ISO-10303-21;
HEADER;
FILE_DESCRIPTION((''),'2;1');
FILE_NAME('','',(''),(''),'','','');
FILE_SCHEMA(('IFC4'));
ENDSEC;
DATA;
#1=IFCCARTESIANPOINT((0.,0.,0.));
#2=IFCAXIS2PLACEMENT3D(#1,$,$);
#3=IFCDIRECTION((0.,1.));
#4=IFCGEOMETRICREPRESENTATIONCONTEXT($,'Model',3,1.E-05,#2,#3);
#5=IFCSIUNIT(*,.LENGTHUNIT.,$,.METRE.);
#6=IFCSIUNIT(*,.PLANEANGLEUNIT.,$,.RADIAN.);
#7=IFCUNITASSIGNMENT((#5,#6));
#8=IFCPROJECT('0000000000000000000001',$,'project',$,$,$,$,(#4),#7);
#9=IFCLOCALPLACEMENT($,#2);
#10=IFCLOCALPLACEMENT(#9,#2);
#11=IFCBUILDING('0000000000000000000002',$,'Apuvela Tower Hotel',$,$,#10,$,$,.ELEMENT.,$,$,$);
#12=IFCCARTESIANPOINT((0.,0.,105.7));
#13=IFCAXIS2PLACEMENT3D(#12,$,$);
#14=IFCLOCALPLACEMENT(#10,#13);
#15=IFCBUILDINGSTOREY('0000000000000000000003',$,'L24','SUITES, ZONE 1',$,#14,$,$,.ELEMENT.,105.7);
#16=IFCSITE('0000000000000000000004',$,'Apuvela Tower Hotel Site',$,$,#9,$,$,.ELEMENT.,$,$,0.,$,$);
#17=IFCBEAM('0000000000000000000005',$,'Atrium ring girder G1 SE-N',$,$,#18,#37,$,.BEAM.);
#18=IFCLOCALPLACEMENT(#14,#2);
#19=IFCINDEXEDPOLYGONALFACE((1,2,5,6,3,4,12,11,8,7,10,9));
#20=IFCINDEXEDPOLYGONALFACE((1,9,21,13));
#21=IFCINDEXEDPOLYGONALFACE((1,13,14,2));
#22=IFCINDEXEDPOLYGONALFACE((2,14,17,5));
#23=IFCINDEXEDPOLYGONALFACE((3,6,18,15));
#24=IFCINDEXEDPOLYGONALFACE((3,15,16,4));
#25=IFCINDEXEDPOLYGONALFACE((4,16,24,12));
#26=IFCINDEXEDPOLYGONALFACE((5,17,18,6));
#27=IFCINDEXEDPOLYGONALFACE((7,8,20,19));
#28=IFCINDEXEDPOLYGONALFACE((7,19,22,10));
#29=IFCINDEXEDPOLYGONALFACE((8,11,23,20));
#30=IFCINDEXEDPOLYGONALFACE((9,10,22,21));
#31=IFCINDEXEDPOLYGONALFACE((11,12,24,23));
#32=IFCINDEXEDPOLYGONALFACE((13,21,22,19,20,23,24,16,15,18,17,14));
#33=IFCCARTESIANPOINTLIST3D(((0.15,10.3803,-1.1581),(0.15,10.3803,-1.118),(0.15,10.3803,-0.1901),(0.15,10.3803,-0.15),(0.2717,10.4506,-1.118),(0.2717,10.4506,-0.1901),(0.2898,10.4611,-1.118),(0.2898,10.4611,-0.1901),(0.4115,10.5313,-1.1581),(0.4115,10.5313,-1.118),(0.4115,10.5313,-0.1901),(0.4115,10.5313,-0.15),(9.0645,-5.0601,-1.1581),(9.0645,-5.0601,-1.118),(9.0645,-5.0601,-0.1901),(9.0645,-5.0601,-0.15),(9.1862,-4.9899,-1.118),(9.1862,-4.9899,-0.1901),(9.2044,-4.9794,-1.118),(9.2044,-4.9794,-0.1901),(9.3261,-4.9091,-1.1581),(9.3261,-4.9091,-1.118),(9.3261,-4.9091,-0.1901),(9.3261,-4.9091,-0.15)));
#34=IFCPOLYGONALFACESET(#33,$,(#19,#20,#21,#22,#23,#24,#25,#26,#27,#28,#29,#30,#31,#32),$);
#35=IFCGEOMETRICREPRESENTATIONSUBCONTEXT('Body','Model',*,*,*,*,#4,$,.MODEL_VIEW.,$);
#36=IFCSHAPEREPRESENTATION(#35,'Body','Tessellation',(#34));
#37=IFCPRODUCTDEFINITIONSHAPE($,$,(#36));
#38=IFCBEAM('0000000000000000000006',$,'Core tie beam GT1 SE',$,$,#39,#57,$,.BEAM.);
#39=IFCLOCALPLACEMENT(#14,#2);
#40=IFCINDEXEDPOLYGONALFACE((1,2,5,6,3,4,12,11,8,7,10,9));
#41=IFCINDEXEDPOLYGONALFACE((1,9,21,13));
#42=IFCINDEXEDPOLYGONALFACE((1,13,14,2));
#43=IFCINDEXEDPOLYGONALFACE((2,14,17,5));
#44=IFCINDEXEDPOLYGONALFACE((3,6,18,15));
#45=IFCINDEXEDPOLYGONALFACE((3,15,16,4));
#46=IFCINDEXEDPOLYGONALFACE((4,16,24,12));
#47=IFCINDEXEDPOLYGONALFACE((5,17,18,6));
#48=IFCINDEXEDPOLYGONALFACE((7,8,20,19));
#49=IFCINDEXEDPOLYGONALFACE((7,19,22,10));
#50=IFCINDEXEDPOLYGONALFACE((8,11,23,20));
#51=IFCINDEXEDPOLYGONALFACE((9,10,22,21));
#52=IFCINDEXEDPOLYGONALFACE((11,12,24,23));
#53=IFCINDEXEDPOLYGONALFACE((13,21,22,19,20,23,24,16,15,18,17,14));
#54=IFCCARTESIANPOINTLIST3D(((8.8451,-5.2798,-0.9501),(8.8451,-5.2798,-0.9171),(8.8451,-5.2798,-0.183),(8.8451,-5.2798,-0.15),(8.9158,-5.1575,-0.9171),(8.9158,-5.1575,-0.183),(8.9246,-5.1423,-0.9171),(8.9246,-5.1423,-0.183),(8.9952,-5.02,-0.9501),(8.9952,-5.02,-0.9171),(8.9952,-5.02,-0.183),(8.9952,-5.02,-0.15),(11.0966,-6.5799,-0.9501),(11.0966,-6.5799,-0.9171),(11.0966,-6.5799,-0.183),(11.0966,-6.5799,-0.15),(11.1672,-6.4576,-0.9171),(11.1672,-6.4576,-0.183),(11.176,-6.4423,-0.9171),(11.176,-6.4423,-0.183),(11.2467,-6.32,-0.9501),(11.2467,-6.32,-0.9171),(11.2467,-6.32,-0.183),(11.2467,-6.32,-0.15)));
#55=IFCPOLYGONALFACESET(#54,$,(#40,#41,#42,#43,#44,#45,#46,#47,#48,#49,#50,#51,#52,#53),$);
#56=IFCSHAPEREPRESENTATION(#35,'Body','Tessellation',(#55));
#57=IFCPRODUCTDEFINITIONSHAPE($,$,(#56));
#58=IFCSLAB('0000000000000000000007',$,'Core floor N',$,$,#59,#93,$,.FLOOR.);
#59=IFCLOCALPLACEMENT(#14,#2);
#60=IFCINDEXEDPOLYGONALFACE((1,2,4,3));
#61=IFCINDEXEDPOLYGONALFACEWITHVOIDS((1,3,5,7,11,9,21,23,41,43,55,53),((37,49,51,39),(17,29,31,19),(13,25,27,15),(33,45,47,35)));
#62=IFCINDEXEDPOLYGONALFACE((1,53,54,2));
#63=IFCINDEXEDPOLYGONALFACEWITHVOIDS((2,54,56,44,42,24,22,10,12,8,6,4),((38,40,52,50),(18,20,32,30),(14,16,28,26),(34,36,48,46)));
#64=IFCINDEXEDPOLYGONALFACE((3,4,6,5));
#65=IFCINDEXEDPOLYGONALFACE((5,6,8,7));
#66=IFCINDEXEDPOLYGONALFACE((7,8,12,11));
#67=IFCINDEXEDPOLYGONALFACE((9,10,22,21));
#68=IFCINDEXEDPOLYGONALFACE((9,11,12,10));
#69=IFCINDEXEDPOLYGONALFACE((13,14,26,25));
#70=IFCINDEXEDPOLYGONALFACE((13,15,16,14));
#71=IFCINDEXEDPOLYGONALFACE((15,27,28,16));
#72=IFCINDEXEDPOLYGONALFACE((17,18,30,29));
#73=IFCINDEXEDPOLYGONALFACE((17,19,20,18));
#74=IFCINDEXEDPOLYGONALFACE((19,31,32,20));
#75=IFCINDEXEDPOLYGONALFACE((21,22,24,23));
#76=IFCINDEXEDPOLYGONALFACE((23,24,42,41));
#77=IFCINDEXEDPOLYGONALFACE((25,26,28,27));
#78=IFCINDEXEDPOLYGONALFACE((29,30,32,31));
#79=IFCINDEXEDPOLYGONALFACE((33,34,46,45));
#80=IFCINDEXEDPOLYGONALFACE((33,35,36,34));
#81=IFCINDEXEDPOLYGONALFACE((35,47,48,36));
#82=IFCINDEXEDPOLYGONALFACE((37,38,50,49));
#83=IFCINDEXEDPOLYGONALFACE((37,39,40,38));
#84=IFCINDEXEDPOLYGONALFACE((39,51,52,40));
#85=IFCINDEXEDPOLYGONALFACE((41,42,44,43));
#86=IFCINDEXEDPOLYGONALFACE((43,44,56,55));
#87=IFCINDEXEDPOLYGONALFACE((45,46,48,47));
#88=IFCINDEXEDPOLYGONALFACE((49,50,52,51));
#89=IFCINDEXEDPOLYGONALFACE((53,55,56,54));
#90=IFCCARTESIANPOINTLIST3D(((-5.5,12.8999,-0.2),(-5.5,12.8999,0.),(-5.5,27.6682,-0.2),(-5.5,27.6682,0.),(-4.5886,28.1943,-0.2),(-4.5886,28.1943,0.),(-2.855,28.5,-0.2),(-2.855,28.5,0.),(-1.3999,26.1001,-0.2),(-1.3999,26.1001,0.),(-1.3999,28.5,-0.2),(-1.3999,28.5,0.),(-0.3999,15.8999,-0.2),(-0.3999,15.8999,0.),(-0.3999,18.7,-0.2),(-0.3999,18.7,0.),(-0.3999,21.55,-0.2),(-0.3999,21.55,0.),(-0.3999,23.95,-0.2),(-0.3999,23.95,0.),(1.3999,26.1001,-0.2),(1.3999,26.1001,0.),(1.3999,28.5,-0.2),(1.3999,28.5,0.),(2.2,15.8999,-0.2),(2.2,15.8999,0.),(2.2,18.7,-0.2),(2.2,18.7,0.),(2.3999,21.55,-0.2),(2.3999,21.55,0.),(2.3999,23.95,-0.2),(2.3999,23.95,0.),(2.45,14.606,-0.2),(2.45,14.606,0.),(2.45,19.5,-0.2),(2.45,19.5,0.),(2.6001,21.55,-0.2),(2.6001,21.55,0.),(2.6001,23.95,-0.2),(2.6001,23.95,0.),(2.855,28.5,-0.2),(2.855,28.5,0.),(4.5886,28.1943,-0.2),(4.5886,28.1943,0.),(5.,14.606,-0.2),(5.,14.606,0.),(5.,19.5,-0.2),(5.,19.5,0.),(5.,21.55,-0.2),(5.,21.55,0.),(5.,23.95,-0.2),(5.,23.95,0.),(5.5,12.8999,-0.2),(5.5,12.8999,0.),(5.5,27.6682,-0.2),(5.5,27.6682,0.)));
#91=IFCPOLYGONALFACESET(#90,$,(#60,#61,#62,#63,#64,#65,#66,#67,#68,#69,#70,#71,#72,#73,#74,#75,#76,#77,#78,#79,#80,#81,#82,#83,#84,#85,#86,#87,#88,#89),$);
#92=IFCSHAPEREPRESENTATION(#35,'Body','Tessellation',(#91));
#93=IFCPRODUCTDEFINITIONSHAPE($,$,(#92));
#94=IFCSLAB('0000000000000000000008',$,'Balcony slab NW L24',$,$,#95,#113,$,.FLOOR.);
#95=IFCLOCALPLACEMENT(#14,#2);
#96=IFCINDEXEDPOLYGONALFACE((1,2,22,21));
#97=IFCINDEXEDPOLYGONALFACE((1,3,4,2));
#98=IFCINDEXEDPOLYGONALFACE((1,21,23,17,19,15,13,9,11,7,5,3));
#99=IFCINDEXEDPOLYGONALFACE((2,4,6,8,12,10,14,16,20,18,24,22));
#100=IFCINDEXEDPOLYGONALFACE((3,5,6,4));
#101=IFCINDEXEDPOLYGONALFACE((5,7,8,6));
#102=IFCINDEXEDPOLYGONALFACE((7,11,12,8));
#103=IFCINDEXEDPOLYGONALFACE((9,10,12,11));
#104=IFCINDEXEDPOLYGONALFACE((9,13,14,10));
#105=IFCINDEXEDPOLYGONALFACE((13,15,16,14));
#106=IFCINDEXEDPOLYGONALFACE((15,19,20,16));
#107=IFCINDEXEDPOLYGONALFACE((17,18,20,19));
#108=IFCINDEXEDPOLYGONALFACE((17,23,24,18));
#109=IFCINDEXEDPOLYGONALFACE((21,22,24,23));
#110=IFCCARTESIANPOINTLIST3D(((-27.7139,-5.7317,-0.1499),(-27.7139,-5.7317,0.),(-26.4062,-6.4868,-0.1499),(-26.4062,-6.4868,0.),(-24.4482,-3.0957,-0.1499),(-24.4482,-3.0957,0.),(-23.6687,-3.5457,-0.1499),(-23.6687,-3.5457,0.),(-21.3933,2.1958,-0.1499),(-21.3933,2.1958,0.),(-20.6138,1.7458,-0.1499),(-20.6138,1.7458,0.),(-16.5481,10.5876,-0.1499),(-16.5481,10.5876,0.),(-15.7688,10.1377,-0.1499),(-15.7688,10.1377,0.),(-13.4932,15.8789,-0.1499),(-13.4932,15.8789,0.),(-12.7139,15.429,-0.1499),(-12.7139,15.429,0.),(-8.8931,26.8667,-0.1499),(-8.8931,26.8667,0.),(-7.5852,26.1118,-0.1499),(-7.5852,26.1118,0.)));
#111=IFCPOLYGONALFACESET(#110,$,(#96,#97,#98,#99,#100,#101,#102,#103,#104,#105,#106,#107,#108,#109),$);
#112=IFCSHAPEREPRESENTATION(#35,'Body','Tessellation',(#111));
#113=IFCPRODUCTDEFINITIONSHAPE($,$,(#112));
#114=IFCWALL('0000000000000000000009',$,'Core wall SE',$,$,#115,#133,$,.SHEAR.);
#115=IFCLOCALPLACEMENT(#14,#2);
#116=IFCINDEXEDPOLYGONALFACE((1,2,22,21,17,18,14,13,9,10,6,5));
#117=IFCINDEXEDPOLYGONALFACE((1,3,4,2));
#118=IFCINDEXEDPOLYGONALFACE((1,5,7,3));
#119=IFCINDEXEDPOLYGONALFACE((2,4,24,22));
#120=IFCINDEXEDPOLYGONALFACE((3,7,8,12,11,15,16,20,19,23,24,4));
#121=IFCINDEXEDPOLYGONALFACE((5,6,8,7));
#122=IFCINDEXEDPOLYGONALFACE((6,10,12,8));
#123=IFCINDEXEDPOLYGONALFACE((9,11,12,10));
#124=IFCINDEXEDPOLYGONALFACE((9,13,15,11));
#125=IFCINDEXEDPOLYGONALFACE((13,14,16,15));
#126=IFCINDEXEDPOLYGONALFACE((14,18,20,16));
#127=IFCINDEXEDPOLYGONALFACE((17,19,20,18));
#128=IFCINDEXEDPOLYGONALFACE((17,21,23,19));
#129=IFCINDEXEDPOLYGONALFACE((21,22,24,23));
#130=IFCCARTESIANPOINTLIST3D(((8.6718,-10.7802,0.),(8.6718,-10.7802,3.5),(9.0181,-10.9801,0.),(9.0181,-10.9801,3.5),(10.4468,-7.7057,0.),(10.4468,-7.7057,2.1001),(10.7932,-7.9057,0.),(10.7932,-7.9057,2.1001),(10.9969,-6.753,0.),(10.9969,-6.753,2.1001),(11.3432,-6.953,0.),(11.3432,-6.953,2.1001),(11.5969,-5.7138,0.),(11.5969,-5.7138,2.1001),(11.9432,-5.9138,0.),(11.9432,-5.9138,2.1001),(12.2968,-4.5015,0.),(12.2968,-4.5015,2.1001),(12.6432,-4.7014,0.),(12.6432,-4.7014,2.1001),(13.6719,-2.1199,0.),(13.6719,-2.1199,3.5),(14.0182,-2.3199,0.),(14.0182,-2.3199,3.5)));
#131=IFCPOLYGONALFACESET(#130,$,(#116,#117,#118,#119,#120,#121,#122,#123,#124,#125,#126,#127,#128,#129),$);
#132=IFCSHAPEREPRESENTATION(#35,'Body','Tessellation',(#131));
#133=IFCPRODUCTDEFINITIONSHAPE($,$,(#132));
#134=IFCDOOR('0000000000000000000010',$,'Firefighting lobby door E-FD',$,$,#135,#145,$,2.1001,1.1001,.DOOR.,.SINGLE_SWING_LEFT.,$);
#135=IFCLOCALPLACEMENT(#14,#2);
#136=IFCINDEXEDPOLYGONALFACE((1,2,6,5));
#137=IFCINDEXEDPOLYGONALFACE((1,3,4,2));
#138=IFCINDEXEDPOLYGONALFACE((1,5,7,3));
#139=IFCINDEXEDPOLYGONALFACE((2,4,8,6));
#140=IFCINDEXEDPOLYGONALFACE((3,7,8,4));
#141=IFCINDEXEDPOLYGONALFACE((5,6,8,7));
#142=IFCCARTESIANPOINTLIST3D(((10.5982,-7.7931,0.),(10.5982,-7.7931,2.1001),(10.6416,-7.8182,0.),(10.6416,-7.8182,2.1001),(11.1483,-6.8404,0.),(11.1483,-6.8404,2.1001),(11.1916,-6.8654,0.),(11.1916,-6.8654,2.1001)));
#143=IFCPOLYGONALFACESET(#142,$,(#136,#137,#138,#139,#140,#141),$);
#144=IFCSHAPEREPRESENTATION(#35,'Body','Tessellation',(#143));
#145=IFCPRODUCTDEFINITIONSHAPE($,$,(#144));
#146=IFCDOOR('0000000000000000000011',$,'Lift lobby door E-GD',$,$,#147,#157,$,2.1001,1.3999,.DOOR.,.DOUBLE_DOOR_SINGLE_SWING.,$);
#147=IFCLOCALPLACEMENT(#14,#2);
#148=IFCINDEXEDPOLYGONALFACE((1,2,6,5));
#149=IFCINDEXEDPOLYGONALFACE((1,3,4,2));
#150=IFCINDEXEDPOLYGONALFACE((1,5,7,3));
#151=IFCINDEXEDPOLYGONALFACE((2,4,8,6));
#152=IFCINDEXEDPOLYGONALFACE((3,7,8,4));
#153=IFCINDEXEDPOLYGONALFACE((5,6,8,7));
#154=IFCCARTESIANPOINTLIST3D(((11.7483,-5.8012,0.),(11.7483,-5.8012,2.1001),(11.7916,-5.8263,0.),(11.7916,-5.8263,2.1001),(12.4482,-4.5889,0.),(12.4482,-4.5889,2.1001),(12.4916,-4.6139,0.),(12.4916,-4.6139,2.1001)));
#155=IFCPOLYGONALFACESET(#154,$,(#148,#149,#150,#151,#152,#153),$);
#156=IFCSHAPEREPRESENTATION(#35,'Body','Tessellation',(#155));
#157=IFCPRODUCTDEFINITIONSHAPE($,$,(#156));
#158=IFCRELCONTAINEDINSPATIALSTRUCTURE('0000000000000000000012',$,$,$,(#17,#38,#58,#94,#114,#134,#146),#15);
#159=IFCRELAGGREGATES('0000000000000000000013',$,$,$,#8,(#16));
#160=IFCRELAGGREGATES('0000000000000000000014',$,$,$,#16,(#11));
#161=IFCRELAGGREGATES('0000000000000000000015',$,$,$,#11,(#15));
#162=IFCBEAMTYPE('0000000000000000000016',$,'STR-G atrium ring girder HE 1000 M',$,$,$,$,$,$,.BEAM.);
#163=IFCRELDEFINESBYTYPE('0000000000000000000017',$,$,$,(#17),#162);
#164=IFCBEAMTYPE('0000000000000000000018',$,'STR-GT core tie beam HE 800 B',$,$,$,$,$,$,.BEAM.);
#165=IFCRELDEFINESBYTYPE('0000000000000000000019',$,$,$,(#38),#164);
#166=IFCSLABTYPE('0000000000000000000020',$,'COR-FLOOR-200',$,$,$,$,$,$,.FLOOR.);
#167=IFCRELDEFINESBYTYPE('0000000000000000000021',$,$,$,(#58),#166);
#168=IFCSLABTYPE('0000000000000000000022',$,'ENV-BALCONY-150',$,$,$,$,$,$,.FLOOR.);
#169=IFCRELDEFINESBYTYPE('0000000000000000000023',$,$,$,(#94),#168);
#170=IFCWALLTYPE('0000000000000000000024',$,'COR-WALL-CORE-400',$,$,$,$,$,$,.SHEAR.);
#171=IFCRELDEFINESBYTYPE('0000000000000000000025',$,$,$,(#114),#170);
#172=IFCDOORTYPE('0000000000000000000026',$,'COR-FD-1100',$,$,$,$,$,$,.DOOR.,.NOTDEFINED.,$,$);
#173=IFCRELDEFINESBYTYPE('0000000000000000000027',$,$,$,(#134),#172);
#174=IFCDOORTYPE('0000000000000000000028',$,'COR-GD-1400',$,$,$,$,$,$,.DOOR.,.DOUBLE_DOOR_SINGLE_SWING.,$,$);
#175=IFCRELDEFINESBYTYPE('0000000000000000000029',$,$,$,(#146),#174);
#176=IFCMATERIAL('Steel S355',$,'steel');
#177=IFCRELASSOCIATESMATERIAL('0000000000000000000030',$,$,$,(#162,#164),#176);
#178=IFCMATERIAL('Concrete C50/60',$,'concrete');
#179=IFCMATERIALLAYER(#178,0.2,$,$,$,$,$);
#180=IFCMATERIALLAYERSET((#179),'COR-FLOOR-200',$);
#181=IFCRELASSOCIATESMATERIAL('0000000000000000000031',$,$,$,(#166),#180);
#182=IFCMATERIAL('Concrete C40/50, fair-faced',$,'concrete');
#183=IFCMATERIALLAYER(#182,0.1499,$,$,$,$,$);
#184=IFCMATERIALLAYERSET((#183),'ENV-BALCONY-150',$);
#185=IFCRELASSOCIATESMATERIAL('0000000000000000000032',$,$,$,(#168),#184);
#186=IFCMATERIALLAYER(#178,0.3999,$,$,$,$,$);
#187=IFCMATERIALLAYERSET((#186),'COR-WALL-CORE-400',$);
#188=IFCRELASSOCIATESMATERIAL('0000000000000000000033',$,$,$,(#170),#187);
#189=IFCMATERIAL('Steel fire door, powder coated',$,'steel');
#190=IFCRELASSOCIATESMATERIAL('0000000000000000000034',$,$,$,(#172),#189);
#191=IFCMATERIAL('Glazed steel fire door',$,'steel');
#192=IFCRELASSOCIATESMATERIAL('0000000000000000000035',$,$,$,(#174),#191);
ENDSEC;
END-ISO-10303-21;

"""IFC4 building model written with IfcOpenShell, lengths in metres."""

from ifc_helpers import new_model, si_unit, direction, frame, frame_2d, origin, origin_2d, place, context, subcontext, project, spatial, polyline, rectangle, i_section, outline, extrude, material, layer, layer_set, material_profile, profile_set, type_object, element, fill, save


model = new_model("IFC4")

# Units and contexts
model_context = context("Model", 3, precision=1e-05, world=origin(), true_north=direction((0.0, 1.0)))
body_context = subcontext(model_context, "Body", "Model", "MODEL_VIEW")
ifc_project = project(units=[si_unit("LENGTHUNIT", "METRE"), si_unit("PLANEANGLEUNIT", "RADIAN")], contexts=[model_context])

# Site, building, storey
site_placement = place(None, origin())
site = spatial("IfcSite", under=ifc_project, at=site_placement, Name="Apuvela Tower Hotel Site", CompositionType="ELEMENT", RefElevation=0.0)
building_placement = place(site_placement, origin())
building = spatial("IfcBuilding", under=site, at=building_placement, Name="Apuvela Tower Hotel", CompositionType="ELEMENT")
storey_placement = place(building_placement, frame((0.0, 0.0, 105.7)))
storey = spatial("IfcBuildingStorey", under=building, at=storey_placement, Name="L24", Description="SUITES, ZONE 1", CompositionType="ELEMENT", Elevation=105.7)

# Beams
ifc_material_1 = material(Name="Steel S355", Category="steel")
ifc_material_profile_1 = material_profile(ifc_material_1, i_section(OverallWidth=0.302, OverallDepth=1.0081, WebThickness=0.021, FlangeThickness=0.04, at=origin_2d()), Name="HE 1000 M")
ifc_profile_set_1 = profile_set([ifc_material_profile_1], Name="Steel S355")
beam_type_1 = type_object("IfcBeamType", Name="STR-G atrium ring girder HE 1000 M", PredefinedType="BEAM", material=ifc_profile_set_1)
beam_1_placement = place(storey_placement, frame((9.1953, -4.9846, -0.6541), z_axis=(-0.500001, 0.866025, 0.0), x_axis=(-0.866025, -0.500001, 0.0)))
element("IfcBeam", 1, at=beam_1_placement, inside=storey, type_object=beam_type_1, Name="Atrium ring girder G1 SE-N", PredefinedType="BEAM", context=body_context, shape_type="SweptSolid", body=[
    extrude(i_section(OverallWidth=0.302, OverallDepth=1.0081, WebThickness=0.021, FlangeThickness=0.04, at=origin_2d()), origin(), (0.0, 0.0, 1.0), 17.8291),
])
ifc_material_profile_2 = material_profile(ifc_material_1, i_section(OverallWidth=0.3, OverallDepth=0.8, WebThickness=0.0176, FlangeThickness=0.033, at=origin_2d()), Name="HE 800 B")
ifc_profile_set_2 = profile_set([ifc_material_profile_2], Name="Steel S355")
beam_type_2 = type_object("IfcBeamType", Name="STR-GT core tie beam HE 800 B", PredefinedType="BEAM", material=ifc_profile_set_2)
beam_2_placement = place(storey_placement, frame((11.1716, -6.45, -0.55), z_axis=(-0.865998, 0.500048, 0.0), x_axis=(-0.500048, -0.865998, 0.0)))
element("IfcBeam", 2, at=beam_2_placement, inside=storey, type_object=beam_type_2, Name="Core tie beam GT1 SE", PredefinedType="BEAM", context=body_context, shape_type="SweptSolid", body=[
    extrude(i_section(OverallWidth=0.3, OverallDepth=0.8, WebThickness=0.0176, FlangeThickness=0.033, at=origin_2d()), origin(), (0.0, 0.0, 1.0), 2.5999),
])

# Slabs
ifc_material_2 = material(Name="Concrete C50/60", Category="concrete")
ifc_layer_1 = layer(ifc_material_2, 0.2)
ifc_layer_set_1 = layer_set([ifc_layer_1], Name="COR-FLOOR-200")
slab_type_1 = type_object("IfcSlabType", Name="COR-FLOOR-200", PredefinedType="FLOOR", material=ifc_layer_set_1)
slab_1_placement = place(storey_placement, frame((0.0, 0.0, -0.2)))
element("IfcSlab", 3, at=slab_1_placement, inside=storey, type_object=slab_type_1, Name="Core floor N", PredefinedType="FLOOR", context=body_context, shape_type="SweptSolid", body=[
    extrude(outline(polyline([(5.5, 27.6682), (4.5886, 28.1943), (2.855, 28.5), (1.3999, 28.5), (1.3999, 26.1001), (-1.3999, 26.1001), (-1.3999, 28.5), (-2.855, 28.5), (-4.5886, 28.1943), (-5.5, 27.6682), (-5.5, 12.8999), (5.5, 12.8999), (5.5, 27.6682)]), holes=[polyline([(5.0, 14.606), (2.45, 14.606), (2.45, 19.5), (5.0, 19.5), (5.0, 14.606)]), polyline([(2.2, 15.8999), (-0.3999, 15.8999), (-0.3999, 18.7), (2.2, 18.7), (2.2, 15.8999)]), polyline([(5.0, 21.55), (2.6001, 21.55), (2.6001, 23.95), (5.0, 23.95), (5.0, 21.55)]), polyline([(2.3999, 21.55), (-0.3999, 21.55), (-0.3999, 23.95), (2.3999, 23.95), (2.3999, 21.55)])]), origin(), (0.0, 0.0, 1.0), 0.2),
])
ifc_material_3 = material(Name="Concrete C40/50, fair-faced", Category="concrete")
ifc_layer_2 = layer(ifc_material_3, 0.1499)
ifc_layer_set_2 = layer_set([ifc_layer_2], Name="ENV-BALCONY-150")
slab_type_2 = type_object("IfcSlabType", Name="ENV-BALCONY-150", PredefinedType="FLOOR", material=ifc_layer_set_2)
slab_2_placement = place(storey_placement, frame((0.0, 0.0, -0.1499)))
element("IfcSlab", 4, at=slab_2_placement, inside=storey, type_object=slab_type_2, Name="Balcony slab NW L24", PredefinedType="FLOOR", context=body_context, shape_type="SweptSolid", body=[
    extrude(outline(polyline([(-27.7139, -5.7317), (-8.8931, 26.8667), (-7.5852, 26.1118), (-13.4932, 15.8789), (-12.7139, 15.429), (-15.7688, 10.1377), (-16.5481, 10.5876), (-21.3933, 2.1958), (-20.6138, 1.7458), (-23.6687, -3.5457), (-24.4482, -3.0957), (-26.4062, -6.4868), (-27.7139, -5.7317)])), origin(), (0.0, 0.0, 1.0), 0.1499),
])

# Wall, openings, doors
ifc_layer_3 = layer(ifc_material_2, 0.3999)
ifc_layer_set_3 = layer_set([ifc_layer_3], Name="COR-WALL-CORE-400")
wall_type_1 = type_object("IfcWallType", Name="COR-WALL-CORE-400", PredefinedType="SHEAR", material=ifc_layer_set_3)
wall_1_placement = place(storey_placement, frame((8.845, -10.8801, 0.0), z_axis=(0.0, 0.0, 1.0), x_axis=(0.500004, 0.866023, 0.0)))
wall_1 = element("IfcWall", 5, at=wall_1_placement, inside=storey, type_object=wall_type_1, Name="Core wall SE", PredefinedType="SHEAR", context=body_context, shape_type="SweptSolid", body=[
    extrude(rectangle(XDim=10.0, YDim=0.3999, at=frame_2d((5.0, 0.0))), origin(), (0.0, 0.0, 1.0), 3.5),
])
opening_1_placement = place(wall_1_placement, frame((3.55, 0.0, 0.0)))
opening_1 = element("IfcOpeningElement", 6, at=opening_1_placement, cuts=wall_1, PredefinedType="OPENING", context=body_context, shape_type="SweptSolid", body=[
    extrude(rectangle(XDim=1.1001, YDim=2.1001, at=frame_2d((0.55, 1.05))), frame((0.0, 0.21, 0.0), z_axis=(0.0, -1.0, 0.0), x_axis=(1.0, 0.0, 0.0)), (0.0, 0.0, 1.0), 0.4199),
])
opening_2_placement = place(wall_1_placement, frame((5.8501, 0.0, 0.0)))
opening_2 = element("IfcOpeningElement", 7, at=opening_2_placement, cuts=wall_1, PredefinedType="OPENING", context=body_context, shape_type="SweptSolid", body=[
    extrude(rectangle(XDim=1.3999, YDim=2.1001, at=frame_2d((0.7, 1.05))), frame((0.0, 0.21, 0.0), z_axis=(0.0, -1.0, 0.0), x_axis=(1.0, 0.0, 0.0)), (0.0, 0.0, 1.0), 0.4199),
])
ifc_material_4 = material(Name="Steel fire door, powder coated", Category="steel")
door_type_1 = type_object("IfcDoorType", Name="COR-FD-1100", OperationType="NOTDEFINED", PredefinedType="DOOR", material=ifc_material_4)
door_1_placement = place(opening_1_placement, frame((1.1001, 0.0, 0.0), z_axis=(0.0, 0.0, 1.0), x_axis=(-1.0, 0.0, 0.0)))
door_1 = element("IfcDoor", 8, at=door_1_placement, inside=storey, type_object=door_type_1, Name="Firefighting lobby door E-FD", OperationType="SINGLE_SWING_LEFT", OverallHeight=2.1001, OverallWidth=1.1001, PredefinedType="DOOR", context=body_context, shape_type="SweptSolid", body=[
    extrude(rectangle(XDim=1.1001, YDim=2.1001, at=frame_2d((0.55, 1.05))), frame((0.0, 0.0249, 0.0), z_axis=(0.0, -1.0, 0.0), x_axis=(1.0, 0.0, 0.0)), (0.0, 0.0, 1.0), 0.05),
])
fill(opening_1, door_1)
ifc_material_5 = material(Name="Glazed steel fire door", Category="steel")
door_type_2 = type_object("IfcDoorType", Name="COR-GD-1400", OperationType="DOUBLE_DOOR_SINGLE_SWING", PredefinedType="DOOR", material=ifc_material_5)
door_2_placement = place(opening_2_placement, frame((1.3999, 0.0, 0.0), z_axis=(0.0, 0.0, 1.0), x_axis=(-1.0, 0.0, 0.0)))
door_2 = element("IfcDoor", 9, at=door_2_placement, inside=storey, type_object=door_type_2, Name="Lift lobby door E-GD", OperationType="DOUBLE_DOOR_SINGLE_SWING", OverallHeight=2.1001, OverallWidth=1.3999, PredefinedType="DOOR", context=body_context, shape_type="SweptSolid", body=[
    extrude(rectangle(XDim=1.3999, YDim=2.1001, at=frame_2d((0.7, 1.05))), frame((0.0, 0.0249, 0.0), z_axis=(0.0, -1.0, 0.0), x_axis=(1.0, 0.0, 0.0)), (0.0, 0.0, 1.0), 0.05),
])
fill(opening_2, door_2)

save(model, "model.ifc")
